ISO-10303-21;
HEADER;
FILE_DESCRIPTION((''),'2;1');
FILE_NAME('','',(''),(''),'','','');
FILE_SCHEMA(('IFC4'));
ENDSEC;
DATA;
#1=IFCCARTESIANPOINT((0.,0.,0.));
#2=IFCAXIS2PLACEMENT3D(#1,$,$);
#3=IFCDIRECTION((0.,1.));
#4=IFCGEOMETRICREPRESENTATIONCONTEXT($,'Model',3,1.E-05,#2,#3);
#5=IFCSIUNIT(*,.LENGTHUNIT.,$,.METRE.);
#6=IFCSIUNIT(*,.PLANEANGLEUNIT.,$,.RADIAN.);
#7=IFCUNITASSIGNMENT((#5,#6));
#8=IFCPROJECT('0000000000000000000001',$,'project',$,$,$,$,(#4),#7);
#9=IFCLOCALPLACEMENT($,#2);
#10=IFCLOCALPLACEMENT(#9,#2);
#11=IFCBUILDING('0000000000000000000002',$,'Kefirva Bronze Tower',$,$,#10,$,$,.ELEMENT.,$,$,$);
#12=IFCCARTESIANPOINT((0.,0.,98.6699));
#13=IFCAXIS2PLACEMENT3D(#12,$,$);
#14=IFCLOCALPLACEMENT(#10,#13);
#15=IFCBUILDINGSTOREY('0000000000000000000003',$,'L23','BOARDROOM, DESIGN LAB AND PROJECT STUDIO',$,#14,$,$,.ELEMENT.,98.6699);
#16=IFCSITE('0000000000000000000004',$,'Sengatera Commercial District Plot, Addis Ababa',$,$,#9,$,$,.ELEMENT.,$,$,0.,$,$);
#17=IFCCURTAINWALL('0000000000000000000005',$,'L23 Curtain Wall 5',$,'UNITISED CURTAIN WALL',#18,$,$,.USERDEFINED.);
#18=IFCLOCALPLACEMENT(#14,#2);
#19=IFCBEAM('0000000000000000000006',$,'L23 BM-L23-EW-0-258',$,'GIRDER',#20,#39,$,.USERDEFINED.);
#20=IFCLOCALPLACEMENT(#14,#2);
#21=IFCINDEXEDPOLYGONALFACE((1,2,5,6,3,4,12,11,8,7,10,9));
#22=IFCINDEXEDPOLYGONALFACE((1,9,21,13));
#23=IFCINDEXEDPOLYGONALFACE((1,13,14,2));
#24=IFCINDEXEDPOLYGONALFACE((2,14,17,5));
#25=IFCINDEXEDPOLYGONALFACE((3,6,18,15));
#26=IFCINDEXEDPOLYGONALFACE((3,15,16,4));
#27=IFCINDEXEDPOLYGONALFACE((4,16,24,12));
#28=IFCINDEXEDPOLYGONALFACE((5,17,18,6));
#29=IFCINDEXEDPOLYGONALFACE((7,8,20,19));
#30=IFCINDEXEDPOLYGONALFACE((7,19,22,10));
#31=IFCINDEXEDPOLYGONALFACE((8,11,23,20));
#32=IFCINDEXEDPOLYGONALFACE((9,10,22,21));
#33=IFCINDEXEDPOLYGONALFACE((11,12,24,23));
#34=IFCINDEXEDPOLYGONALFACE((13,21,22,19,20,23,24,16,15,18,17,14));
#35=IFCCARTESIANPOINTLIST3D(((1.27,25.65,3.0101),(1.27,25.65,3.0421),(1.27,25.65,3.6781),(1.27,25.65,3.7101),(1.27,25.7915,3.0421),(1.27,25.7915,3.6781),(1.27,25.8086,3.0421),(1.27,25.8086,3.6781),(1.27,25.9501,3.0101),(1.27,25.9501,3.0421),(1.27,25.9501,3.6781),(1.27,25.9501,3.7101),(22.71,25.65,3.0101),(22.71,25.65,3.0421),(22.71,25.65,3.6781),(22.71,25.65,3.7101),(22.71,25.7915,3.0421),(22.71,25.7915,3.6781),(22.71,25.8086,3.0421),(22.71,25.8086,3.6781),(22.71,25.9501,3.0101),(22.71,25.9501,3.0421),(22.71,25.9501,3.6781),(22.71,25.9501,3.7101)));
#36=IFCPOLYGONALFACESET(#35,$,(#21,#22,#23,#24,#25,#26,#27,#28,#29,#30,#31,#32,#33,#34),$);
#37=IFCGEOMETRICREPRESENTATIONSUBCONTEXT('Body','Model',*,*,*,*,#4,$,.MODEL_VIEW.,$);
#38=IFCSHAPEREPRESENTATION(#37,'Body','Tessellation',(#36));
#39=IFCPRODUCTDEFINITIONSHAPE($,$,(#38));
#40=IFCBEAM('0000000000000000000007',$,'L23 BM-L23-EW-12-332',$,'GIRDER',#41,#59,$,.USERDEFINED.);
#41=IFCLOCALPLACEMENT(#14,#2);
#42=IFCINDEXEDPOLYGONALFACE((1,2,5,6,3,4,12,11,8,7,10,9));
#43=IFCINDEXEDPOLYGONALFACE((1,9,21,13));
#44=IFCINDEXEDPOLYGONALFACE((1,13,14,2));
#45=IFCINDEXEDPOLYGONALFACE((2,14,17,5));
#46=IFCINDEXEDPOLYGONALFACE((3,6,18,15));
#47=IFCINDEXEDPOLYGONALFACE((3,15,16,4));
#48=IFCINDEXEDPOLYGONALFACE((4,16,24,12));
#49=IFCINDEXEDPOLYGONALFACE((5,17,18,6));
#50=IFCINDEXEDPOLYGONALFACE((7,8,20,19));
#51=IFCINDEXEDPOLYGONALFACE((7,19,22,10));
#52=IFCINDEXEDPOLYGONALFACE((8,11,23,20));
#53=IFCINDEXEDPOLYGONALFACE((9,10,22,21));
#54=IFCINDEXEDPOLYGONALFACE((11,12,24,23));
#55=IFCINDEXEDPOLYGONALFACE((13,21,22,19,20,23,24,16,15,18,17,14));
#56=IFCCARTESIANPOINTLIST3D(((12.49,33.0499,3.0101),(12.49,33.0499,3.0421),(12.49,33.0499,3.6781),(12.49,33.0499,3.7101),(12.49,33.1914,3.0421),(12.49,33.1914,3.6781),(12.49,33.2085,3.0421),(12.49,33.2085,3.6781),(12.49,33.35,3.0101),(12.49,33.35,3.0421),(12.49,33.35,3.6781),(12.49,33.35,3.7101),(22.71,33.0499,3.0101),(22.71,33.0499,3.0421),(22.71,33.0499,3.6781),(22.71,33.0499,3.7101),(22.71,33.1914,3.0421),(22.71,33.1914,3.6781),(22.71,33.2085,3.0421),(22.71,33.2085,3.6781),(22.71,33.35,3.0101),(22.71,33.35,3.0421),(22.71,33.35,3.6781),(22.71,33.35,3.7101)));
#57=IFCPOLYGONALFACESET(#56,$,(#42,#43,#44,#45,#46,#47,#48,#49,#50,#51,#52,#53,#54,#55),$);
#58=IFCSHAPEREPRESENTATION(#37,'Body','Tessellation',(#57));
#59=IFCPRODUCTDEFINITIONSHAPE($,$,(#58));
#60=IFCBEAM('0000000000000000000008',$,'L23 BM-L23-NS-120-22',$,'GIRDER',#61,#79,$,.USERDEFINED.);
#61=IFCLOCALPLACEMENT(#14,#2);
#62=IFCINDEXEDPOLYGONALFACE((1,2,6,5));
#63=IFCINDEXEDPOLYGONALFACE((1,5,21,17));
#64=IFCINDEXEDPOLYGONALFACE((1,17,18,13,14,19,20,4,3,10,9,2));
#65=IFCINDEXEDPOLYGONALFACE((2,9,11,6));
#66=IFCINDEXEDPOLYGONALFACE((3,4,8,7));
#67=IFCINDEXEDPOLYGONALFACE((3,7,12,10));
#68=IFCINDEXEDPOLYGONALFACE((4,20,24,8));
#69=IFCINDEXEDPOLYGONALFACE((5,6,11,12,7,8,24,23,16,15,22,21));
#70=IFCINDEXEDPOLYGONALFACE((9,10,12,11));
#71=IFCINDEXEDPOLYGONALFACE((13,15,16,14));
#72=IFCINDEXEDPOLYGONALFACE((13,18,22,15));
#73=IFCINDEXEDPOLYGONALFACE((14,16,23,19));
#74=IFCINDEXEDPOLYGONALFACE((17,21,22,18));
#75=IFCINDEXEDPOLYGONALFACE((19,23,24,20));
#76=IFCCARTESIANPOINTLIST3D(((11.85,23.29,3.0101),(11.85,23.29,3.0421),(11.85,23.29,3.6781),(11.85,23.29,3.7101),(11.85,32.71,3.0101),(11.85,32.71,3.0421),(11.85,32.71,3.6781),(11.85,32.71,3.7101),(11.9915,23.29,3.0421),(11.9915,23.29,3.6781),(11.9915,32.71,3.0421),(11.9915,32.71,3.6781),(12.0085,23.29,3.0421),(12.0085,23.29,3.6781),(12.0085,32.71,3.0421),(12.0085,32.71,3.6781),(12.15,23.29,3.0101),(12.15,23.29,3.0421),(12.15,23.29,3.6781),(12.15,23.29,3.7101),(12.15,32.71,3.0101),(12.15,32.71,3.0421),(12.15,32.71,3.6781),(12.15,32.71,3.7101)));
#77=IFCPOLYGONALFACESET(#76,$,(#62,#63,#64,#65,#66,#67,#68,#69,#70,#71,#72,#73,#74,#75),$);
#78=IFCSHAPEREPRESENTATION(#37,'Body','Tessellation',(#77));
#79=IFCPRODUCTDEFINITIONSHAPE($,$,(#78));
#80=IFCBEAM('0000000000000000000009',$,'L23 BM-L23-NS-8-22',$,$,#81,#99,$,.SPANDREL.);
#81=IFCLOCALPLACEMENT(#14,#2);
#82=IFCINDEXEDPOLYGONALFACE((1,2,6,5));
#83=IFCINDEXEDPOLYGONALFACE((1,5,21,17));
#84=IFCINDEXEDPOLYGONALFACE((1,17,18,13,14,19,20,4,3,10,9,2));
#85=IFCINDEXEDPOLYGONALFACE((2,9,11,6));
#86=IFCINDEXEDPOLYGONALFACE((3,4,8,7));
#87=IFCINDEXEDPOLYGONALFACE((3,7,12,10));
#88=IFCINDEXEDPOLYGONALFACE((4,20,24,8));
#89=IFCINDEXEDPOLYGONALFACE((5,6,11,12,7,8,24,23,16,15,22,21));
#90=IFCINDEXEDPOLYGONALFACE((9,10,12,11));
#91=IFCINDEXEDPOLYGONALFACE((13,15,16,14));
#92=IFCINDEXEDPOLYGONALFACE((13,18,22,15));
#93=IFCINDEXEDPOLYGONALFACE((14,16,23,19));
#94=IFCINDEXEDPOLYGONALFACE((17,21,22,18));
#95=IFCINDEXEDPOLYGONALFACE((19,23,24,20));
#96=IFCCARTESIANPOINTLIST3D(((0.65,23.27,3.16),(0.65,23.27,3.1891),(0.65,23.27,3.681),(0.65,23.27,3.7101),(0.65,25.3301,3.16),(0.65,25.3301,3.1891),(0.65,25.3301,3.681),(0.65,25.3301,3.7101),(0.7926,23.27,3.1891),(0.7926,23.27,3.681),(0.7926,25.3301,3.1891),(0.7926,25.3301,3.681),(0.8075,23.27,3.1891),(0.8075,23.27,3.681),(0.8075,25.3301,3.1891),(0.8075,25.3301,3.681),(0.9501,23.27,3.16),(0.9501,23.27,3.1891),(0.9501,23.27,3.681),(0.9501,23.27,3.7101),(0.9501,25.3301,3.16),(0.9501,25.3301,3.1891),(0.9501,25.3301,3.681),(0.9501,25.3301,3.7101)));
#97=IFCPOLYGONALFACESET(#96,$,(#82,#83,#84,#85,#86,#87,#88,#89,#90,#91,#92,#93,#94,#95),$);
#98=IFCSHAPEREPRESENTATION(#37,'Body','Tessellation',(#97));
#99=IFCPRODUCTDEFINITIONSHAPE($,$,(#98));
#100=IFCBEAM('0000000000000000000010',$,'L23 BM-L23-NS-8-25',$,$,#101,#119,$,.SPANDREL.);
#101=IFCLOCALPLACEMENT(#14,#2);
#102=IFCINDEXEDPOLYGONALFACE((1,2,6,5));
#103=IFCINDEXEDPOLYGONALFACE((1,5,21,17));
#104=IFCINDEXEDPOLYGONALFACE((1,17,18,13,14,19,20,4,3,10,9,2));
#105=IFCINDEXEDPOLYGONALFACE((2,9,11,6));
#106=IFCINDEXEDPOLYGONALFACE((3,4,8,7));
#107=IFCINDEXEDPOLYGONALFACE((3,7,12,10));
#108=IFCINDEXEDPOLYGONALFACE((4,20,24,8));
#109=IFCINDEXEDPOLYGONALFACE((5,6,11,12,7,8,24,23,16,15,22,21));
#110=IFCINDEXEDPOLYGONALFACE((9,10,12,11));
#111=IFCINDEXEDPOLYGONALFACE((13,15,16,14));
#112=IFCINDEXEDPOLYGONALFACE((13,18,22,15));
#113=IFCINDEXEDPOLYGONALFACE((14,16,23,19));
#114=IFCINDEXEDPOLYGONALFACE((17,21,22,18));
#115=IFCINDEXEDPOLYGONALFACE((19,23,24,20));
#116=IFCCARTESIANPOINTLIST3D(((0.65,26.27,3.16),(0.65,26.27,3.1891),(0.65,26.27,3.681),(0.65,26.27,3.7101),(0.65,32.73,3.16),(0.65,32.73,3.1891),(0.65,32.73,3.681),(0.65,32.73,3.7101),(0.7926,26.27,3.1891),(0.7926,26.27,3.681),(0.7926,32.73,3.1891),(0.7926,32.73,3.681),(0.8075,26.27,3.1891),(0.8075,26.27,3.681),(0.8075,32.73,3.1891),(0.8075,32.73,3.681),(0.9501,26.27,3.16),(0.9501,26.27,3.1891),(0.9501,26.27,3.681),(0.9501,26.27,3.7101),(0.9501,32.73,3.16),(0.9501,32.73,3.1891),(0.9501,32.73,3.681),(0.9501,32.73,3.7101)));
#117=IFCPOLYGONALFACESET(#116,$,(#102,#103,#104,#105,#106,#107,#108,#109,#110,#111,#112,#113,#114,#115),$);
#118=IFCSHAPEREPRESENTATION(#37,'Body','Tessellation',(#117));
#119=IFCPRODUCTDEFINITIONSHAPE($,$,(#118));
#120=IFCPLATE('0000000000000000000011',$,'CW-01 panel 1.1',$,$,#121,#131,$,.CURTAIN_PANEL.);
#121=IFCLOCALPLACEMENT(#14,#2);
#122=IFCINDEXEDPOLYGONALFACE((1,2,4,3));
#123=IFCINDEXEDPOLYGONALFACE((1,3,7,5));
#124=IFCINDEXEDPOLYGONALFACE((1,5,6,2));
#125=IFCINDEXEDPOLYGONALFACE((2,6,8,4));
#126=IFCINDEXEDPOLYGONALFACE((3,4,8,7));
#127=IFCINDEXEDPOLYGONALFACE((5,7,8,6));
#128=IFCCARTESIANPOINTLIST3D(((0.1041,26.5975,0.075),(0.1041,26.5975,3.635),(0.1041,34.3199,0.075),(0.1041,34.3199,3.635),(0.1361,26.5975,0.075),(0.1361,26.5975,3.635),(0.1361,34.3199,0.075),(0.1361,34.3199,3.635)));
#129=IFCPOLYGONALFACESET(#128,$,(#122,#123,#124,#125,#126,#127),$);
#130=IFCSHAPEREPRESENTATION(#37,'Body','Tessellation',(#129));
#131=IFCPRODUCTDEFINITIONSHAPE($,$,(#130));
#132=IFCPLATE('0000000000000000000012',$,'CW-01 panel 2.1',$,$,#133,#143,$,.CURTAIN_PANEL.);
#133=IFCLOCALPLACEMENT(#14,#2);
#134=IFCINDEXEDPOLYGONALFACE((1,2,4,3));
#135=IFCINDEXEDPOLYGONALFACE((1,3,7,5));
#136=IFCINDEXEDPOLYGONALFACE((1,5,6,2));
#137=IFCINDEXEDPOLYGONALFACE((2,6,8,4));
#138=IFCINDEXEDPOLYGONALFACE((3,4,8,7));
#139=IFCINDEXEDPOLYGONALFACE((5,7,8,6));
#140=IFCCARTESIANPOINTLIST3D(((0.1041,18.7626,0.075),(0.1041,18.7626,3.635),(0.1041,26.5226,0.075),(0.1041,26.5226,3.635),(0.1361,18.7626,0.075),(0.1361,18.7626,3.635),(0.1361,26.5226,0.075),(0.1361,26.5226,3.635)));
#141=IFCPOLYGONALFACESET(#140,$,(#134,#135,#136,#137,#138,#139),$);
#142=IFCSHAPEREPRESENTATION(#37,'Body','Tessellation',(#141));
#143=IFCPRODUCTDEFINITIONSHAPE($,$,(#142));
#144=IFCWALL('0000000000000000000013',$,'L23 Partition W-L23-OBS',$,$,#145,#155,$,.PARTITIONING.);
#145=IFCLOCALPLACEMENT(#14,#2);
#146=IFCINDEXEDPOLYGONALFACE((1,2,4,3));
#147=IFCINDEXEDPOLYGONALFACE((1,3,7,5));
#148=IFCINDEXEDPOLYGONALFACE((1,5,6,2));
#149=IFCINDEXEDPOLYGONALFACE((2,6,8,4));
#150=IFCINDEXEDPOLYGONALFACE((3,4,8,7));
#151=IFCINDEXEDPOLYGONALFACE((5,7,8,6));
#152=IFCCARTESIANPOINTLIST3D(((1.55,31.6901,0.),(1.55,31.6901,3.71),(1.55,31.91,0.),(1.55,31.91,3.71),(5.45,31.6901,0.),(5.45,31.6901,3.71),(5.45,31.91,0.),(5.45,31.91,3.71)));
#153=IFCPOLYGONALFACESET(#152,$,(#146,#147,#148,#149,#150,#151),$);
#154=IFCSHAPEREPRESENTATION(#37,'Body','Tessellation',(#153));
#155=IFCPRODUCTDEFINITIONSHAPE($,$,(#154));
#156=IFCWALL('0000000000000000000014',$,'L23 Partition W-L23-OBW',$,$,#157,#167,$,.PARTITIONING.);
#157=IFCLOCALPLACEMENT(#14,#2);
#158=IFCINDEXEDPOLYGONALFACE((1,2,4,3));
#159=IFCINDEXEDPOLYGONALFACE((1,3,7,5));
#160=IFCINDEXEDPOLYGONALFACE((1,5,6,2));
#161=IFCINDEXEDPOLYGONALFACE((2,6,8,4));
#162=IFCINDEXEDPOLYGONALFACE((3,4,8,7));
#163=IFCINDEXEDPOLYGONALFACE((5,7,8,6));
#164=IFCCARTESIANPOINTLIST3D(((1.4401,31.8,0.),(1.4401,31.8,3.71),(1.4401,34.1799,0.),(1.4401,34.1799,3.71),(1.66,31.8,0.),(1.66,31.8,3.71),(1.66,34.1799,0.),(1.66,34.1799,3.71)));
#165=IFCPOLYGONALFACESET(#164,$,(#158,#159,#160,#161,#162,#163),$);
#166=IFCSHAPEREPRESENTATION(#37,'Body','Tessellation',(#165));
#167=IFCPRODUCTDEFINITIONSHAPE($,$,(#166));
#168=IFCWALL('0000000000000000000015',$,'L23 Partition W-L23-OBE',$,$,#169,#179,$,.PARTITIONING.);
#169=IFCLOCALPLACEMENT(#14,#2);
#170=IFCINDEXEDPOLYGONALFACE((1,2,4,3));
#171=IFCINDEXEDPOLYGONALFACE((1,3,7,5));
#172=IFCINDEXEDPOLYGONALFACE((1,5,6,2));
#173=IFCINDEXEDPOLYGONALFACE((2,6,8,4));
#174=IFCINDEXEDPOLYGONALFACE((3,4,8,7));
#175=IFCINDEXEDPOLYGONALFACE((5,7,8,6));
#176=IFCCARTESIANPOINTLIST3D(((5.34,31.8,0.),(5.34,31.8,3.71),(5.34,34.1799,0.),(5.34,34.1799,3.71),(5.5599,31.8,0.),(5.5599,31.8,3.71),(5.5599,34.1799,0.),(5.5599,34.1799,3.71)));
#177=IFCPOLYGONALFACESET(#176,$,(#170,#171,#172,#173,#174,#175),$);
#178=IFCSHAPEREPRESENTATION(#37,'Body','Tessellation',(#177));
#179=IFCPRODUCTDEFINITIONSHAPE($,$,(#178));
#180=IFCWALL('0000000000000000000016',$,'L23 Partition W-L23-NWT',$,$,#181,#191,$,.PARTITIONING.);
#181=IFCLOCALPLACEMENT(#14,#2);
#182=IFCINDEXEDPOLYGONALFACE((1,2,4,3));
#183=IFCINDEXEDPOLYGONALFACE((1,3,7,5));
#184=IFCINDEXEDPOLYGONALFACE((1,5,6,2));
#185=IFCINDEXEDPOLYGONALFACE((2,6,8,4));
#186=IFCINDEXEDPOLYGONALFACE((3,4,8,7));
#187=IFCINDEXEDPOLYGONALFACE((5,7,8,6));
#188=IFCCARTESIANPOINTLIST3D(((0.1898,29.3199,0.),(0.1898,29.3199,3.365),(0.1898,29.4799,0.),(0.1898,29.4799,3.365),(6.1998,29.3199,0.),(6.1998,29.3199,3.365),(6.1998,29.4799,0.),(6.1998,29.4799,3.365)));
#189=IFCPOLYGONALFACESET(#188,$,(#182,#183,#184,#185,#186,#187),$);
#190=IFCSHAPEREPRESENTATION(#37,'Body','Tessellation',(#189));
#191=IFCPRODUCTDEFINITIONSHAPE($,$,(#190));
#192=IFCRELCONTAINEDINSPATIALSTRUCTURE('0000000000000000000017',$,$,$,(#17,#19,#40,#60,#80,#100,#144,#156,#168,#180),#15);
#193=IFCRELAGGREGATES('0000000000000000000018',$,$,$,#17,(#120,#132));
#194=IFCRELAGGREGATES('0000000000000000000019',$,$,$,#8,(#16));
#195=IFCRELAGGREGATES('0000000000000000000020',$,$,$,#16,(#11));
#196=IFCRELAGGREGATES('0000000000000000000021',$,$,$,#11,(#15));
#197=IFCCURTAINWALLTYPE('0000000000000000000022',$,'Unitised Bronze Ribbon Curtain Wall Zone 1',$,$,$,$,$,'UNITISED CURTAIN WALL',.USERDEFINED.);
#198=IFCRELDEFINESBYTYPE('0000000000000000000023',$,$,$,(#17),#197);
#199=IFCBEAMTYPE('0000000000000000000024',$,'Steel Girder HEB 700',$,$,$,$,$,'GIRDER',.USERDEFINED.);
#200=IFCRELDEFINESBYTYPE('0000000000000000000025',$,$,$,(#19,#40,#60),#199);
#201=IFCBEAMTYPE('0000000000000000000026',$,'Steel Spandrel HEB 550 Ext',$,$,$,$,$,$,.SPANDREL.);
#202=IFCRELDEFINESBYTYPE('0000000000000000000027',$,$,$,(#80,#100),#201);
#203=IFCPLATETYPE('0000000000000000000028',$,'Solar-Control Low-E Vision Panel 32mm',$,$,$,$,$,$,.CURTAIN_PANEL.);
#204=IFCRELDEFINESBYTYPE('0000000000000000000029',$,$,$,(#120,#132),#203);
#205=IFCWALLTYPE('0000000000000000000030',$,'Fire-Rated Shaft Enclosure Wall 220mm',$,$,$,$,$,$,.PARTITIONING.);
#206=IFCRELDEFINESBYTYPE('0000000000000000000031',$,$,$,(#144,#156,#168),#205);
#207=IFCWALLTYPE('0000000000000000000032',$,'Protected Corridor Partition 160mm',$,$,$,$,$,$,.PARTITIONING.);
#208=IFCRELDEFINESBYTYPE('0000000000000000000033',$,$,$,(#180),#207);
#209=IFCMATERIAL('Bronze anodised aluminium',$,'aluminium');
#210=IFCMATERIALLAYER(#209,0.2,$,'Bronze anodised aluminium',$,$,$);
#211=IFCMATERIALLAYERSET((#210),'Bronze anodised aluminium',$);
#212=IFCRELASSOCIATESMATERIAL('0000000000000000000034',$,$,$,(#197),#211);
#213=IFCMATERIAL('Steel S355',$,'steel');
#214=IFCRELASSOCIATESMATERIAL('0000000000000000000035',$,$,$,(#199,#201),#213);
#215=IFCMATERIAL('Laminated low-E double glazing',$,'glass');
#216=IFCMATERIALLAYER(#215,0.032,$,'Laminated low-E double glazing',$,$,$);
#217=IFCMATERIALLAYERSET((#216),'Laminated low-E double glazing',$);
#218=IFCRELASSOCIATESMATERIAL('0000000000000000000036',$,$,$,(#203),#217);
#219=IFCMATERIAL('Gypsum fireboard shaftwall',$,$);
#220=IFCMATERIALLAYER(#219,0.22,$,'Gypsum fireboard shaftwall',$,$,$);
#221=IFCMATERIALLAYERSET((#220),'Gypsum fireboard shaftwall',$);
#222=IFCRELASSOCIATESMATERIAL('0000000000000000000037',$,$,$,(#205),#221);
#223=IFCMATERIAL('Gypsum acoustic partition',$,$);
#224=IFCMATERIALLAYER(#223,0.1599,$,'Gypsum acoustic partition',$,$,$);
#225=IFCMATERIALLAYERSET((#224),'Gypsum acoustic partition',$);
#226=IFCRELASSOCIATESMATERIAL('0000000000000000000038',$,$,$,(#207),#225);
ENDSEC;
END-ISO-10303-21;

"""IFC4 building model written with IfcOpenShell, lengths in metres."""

from ifc_helpers import new_model, si_unit, direction, frame, frame_2d, origin, origin_2d, place, context, subcontext, project, spatial, rectangle, i_section, extrude, material, layer, layer_set, material_profile, profile_set, type_object, element, aggregate, save


model = new_model("IFC4")

# Units and contexts
model_context = context("Model", 3, precision=1e-05, world=origin(), true_north=direction((0.0, 1.0)))
body_context = subcontext(model_context, "Body", "Model", "MODEL_VIEW")
ifc_project = project(units=[si_unit("LENGTHUNIT", "METRE"), si_unit("PLANEANGLEUNIT", "RADIAN")], contexts=[model_context])

# Site, building, storey
site_placement = place(None, origin())
site = spatial("IfcSite", under=ifc_project, at=site_placement, Name="Sengatera Commercial District Plot, Addis Ababa", CompositionType="ELEMENT", RefElevation=0.0)
building_placement = place(site_placement, origin())
building = spatial("IfcBuilding", under=site, at=building_placement, Name="Kefirva Bronze Tower", CompositionType="ELEMENT")
storey_placement = place(building_placement, frame((0.0, 0.0, 98.6699)))
storey = spatial("IfcBuildingStorey", under=building, at=storey_placement, Name="L23", Description="BOARDROOM, DESIGN LAB AND PROJECT STUDIO", CompositionType="ELEMENT", Elevation=98.6699)

# Curtain wall
ifc_material_1 = material(Name="Bronze anodised aluminium", Category="aluminium")
ifc_layer_1 = layer(ifc_material_1, 0.2, Name="Bronze anodised aluminium")
ifc_layer_set_1 = layer_set([ifc_layer_1], Name="Bronze anodised aluminium")
curtain_wall_type = type_object("IfcCurtainWallType", Name="Unitised Bronze Ribbon Curtain Wall Zone 1", ElementType="UNITISED CURTAIN WALL", PredefinedType="USERDEFINED", material=ifc_layer_set_1)
curtain_wall_placement = place(storey_placement, origin())
curtain_wall = element("IfcCurtainWall", 1, at=curtain_wall_placement, inside=storey, type_object=curtain_wall_type, Name="L23 Curtain Wall 5", ObjectType="UNITISED CURTAIN WALL", PredefinedType="USERDEFINED")

# Beams
ifc_material_2 = material(Name="Steel S355", Category="steel")
ifc_material_profile_1 = material_profile(ifc_material_2, i_section(OverallWidth=0.3, OverallDepth=0.7, WebThickness=0.0171, FlangeThickness=0.032, at=origin_2d()), Name="HEB 700")
ifc_profile_set_1 = profile_set([ifc_material_profile_1], Name="Steel S355")
beam_type_1 = type_object("IfcBeamType", Name="Steel Girder HEB 700", ElementType="GIRDER", PredefinedType="USERDEFINED", material=ifc_profile_set_1)
beam_1_placement = place(storey_placement, frame((1.27, 25.8, 3.3601), z_axis=(1.0, 0.0, 0.0), x_axis=(0.0, 1.0, 0.0)))
element("IfcBeam", 2, at=beam_1_placement, inside=storey, type_object=beam_type_1, Name="L23 BM-L23-EW-0-258", ObjectType="GIRDER", PredefinedType="USERDEFINED", context=body_context, shape_type="SweptSolid", body=[
    extrude(i_section(OverallWidth=0.3, OverallDepth=0.7, WebThickness=0.0171, FlangeThickness=0.032, at=origin_2d()), origin(), (0.0, 0.0, 1.0), 21.4399),
])
beam_2_placement = place(storey_placement, frame((12.49, 33.2, 3.3601), z_axis=(1.0, 0.0, 0.0), x_axis=(0.0, 1.0, 0.0)))
element("IfcBeam", 3, at=beam_2_placement, inside=storey, type_object=beam_type_1, Name="L23 BM-L23-EW-12-332", ObjectType="GIRDER", PredefinedType="USERDEFINED", context=body_context, shape_type="SweptSolid", body=[
    extrude(i_section(OverallWidth=0.3, OverallDepth=0.7, WebThickness=0.0171, FlangeThickness=0.032, at=origin_2d()), origin(), (0.0, 0.0, 1.0), 10.22),
])
beam_3_placement = place(storey_placement, frame((12.0, 23.29, 3.3601), z_axis=(0.0, 1.0, 0.0), x_axis=(-1.0, 0.0, 0.0)))
element("IfcBeam", 4, at=beam_3_placement, inside=storey, type_object=beam_type_1, Name="L23 BM-L23-NS-120-22", ObjectType="GIRDER", PredefinedType="USERDEFINED", context=body_context, shape_type="SweptSolid", body=[
    extrude(i_section(OverallWidth=0.3, OverallDepth=0.7, WebThickness=0.0171, FlangeThickness=0.032, at=origin_2d()), origin(), (0.0, 0.0, 1.0), 9.4199),
])
ifc_material_profile_2 = material_profile(ifc_material_2, i_section(OverallWidth=0.3, OverallDepth=0.55, WebThickness=0.0149, FlangeThickness=0.0291, at=origin_2d()), Name="HEB 550")
ifc_profile_set_2 = profile_set([ifc_material_profile_2], Name="Steel S355")
beam_type_2 = type_object("IfcBeamType", Name="Steel Spandrel HEB 550 Ext", PredefinedType="SPANDREL", material=ifc_profile_set_2)
beam_4_placement = place(storey_placement, frame((0.8, 23.27, 3.4351), z_axis=(0.0, 1.0, 0.0), x_axis=(-1.0, 0.0, 0.0)))
element("IfcBeam", 5, at=beam_4_placement, inside=storey, type_object=beam_type_2, Name="L23 BM-L23-NS-8-22", PredefinedType="SPANDREL", context=body_context, shape_type="SweptSolid", body=[
    extrude(i_section(OverallWidth=0.3, OverallDepth=0.55, WebThickness=0.0149, FlangeThickness=0.0291, at=origin_2d()), origin(), (0.0, 0.0, 1.0), 2.0601),
])
beam_5_placement = place(storey_placement, frame((0.8, 26.27, 3.4351), z_axis=(0.0, 1.0, 0.0), x_axis=(-1.0, 0.0, 0.0)))
element("IfcBeam", 6, at=beam_5_placement, inside=storey, type_object=beam_type_2, Name="L23 BM-L23-NS-8-25", PredefinedType="SPANDREL", context=body_context, shape_type="SweptSolid", body=[
    extrude(i_section(OverallWidth=0.3, OverallDepth=0.55, WebThickness=0.0149, FlangeThickness=0.0291, at=origin_2d()), origin(), (0.0, 0.0, 1.0), 6.46),
])

# Plates
ifc_material_3 = material(Name="Laminated low-E double glazing", Category="glass")
ifc_layer_2 = layer(ifc_material_3, 0.032, Name="Laminated low-E double glazing")
ifc_layer_set_2 = layer_set([ifc_layer_2], Name="Laminated low-E double glazing")
plate_type = type_object("IfcPlateType", Name="Solar-Control Low-E Vision Panel 32mm", PredefinedType="CURTAIN_PANEL", material=ifc_layer_set_2)
plate_1_placement = place(storey_placement, frame((0.1201, 30.4587, 0.075), z_axis=(0.0, 0.0, 1.0), x_axis=(0.0, -1.0, 0.0)))
plate_1 = element("IfcPlate", 7, at=plate_1_placement, type_object=plate_type, Name="CW-01 panel 1.1", PredefinedType="CURTAIN_PANEL", context=body_context, shape_type="SweptSolid", body=[
    extrude(rectangle(XDim=7.7224, YDim=0.032, at=origin_2d()), origin(), (0.0, 0.0, 1.0), 3.5601),
])
plate_2_placement = place(storey_placement, frame((0.1201, 22.6426, 0.075), z_axis=(0.0, 0.0, 1.0), x_axis=(0.0, -1.0, 0.0)))
plate_2 = element("IfcPlate", 8, at=plate_2_placement, type_object=plate_type, Name="CW-01 panel 2.1", PredefinedType="CURTAIN_PANEL", context=body_context, shape_type="SweptSolid", body=[
    extrude(rectangle(XDim=7.76, YDim=0.032, at=origin_2d()), origin(), (0.0, 0.0, 1.0), 3.5601),
])
aggregate(curtain_wall, [plate_1, plate_2])

# Walls
ifc_material_4 = material(Name="Gypsum fireboard shaftwall")
ifc_layer_3 = layer(ifc_material_4, 0.22, Name="Gypsum fireboard shaftwall")
ifc_layer_set_3 = layer_set([ifc_layer_3], Name="Gypsum fireboard shaftwall")
wall_type_1 = type_object("IfcWallType", Name="Fire-Rated Shaft Enclosure Wall 220mm", PredefinedType="PARTITIONING", material=ifc_layer_set_3)
wall_1_placement = place(storey_placement, frame((1.55, 31.8, 0.0), z_axis=(0.0, 0.0, 1.0), x_axis=(1.0, 0.0, 0.0)))
element("IfcWall", 9, at=wall_1_placement, inside=storey, type_object=wall_type_1, Name="L23 Partition W-L23-OBS", PredefinedType="PARTITIONING", context=body_context, shape_type="SweptSolid", body=[
    extrude(rectangle(XDim=3.8999, YDim=0.22, at=frame_2d((1.95, 0.0))), origin(), (0.0, 0.0, 1.0), 3.71),
])
for number, where, z_axis, x_axis, name in (
    (10, (1.55, 31.8, 0.0), (0.0, 0.0, 1.0), (0.0, 1.0, 0.0), "L23 Partition W-L23-OBW"),
    (11, (5.45, 31.8, 0.0), (0.0, 0.0, 1.0), (0.0, 1.0, 0.0), "L23 Partition W-L23-OBE"),
):
    element("IfcWall", number, at=place(storey_placement, frame(where, z_axis=z_axis, x_axis=x_axis)), inside=storey, type_object=wall_type_1, Name=name, PredefinedType="PARTITIONING", context=body_context, shape_type="SweptSolid", body=[
        extrude(rectangle(XDim=2.3799, YDim=0.22, at=frame_2d((1.1899, 0.0))), origin(), (0.0, 0.0, 1.0), 3.71),
    ])
ifc_material_5 = material(Name="Gypsum acoustic partition")
ifc_layer_4 = layer(ifc_material_5, 0.1599, Name="Gypsum acoustic partition")
ifc_layer_set_4 = layer_set([ifc_layer_4], Name="Gypsum acoustic partition")
wall_type_2 = type_object("IfcWallType", Name="Protected Corridor Partition 160mm", PredefinedType="PARTITIONING", material=ifc_layer_set_4)
wall_2_placement = place(storey_placement, frame((0.1899, 29.3999, 0.0), z_axis=(0.0, 0.0, 1.0), x_axis=(1.0, 0.0, 0.0)))
element("IfcWall", 12, at=wall_2_placement, inside=storey, type_object=wall_type_2, Name="L23 Partition W-L23-NWT", PredefinedType="PARTITIONING", context=body_context, shape_type="SweptSolid", body=[
    extrude(rectangle(XDim=6.01, YDim=0.1599, at=frame_2d((3.0049, 0.0))), origin(), (0.0, 0.0, 1.0), 3.365),
])

save(model, "model.ifc")
